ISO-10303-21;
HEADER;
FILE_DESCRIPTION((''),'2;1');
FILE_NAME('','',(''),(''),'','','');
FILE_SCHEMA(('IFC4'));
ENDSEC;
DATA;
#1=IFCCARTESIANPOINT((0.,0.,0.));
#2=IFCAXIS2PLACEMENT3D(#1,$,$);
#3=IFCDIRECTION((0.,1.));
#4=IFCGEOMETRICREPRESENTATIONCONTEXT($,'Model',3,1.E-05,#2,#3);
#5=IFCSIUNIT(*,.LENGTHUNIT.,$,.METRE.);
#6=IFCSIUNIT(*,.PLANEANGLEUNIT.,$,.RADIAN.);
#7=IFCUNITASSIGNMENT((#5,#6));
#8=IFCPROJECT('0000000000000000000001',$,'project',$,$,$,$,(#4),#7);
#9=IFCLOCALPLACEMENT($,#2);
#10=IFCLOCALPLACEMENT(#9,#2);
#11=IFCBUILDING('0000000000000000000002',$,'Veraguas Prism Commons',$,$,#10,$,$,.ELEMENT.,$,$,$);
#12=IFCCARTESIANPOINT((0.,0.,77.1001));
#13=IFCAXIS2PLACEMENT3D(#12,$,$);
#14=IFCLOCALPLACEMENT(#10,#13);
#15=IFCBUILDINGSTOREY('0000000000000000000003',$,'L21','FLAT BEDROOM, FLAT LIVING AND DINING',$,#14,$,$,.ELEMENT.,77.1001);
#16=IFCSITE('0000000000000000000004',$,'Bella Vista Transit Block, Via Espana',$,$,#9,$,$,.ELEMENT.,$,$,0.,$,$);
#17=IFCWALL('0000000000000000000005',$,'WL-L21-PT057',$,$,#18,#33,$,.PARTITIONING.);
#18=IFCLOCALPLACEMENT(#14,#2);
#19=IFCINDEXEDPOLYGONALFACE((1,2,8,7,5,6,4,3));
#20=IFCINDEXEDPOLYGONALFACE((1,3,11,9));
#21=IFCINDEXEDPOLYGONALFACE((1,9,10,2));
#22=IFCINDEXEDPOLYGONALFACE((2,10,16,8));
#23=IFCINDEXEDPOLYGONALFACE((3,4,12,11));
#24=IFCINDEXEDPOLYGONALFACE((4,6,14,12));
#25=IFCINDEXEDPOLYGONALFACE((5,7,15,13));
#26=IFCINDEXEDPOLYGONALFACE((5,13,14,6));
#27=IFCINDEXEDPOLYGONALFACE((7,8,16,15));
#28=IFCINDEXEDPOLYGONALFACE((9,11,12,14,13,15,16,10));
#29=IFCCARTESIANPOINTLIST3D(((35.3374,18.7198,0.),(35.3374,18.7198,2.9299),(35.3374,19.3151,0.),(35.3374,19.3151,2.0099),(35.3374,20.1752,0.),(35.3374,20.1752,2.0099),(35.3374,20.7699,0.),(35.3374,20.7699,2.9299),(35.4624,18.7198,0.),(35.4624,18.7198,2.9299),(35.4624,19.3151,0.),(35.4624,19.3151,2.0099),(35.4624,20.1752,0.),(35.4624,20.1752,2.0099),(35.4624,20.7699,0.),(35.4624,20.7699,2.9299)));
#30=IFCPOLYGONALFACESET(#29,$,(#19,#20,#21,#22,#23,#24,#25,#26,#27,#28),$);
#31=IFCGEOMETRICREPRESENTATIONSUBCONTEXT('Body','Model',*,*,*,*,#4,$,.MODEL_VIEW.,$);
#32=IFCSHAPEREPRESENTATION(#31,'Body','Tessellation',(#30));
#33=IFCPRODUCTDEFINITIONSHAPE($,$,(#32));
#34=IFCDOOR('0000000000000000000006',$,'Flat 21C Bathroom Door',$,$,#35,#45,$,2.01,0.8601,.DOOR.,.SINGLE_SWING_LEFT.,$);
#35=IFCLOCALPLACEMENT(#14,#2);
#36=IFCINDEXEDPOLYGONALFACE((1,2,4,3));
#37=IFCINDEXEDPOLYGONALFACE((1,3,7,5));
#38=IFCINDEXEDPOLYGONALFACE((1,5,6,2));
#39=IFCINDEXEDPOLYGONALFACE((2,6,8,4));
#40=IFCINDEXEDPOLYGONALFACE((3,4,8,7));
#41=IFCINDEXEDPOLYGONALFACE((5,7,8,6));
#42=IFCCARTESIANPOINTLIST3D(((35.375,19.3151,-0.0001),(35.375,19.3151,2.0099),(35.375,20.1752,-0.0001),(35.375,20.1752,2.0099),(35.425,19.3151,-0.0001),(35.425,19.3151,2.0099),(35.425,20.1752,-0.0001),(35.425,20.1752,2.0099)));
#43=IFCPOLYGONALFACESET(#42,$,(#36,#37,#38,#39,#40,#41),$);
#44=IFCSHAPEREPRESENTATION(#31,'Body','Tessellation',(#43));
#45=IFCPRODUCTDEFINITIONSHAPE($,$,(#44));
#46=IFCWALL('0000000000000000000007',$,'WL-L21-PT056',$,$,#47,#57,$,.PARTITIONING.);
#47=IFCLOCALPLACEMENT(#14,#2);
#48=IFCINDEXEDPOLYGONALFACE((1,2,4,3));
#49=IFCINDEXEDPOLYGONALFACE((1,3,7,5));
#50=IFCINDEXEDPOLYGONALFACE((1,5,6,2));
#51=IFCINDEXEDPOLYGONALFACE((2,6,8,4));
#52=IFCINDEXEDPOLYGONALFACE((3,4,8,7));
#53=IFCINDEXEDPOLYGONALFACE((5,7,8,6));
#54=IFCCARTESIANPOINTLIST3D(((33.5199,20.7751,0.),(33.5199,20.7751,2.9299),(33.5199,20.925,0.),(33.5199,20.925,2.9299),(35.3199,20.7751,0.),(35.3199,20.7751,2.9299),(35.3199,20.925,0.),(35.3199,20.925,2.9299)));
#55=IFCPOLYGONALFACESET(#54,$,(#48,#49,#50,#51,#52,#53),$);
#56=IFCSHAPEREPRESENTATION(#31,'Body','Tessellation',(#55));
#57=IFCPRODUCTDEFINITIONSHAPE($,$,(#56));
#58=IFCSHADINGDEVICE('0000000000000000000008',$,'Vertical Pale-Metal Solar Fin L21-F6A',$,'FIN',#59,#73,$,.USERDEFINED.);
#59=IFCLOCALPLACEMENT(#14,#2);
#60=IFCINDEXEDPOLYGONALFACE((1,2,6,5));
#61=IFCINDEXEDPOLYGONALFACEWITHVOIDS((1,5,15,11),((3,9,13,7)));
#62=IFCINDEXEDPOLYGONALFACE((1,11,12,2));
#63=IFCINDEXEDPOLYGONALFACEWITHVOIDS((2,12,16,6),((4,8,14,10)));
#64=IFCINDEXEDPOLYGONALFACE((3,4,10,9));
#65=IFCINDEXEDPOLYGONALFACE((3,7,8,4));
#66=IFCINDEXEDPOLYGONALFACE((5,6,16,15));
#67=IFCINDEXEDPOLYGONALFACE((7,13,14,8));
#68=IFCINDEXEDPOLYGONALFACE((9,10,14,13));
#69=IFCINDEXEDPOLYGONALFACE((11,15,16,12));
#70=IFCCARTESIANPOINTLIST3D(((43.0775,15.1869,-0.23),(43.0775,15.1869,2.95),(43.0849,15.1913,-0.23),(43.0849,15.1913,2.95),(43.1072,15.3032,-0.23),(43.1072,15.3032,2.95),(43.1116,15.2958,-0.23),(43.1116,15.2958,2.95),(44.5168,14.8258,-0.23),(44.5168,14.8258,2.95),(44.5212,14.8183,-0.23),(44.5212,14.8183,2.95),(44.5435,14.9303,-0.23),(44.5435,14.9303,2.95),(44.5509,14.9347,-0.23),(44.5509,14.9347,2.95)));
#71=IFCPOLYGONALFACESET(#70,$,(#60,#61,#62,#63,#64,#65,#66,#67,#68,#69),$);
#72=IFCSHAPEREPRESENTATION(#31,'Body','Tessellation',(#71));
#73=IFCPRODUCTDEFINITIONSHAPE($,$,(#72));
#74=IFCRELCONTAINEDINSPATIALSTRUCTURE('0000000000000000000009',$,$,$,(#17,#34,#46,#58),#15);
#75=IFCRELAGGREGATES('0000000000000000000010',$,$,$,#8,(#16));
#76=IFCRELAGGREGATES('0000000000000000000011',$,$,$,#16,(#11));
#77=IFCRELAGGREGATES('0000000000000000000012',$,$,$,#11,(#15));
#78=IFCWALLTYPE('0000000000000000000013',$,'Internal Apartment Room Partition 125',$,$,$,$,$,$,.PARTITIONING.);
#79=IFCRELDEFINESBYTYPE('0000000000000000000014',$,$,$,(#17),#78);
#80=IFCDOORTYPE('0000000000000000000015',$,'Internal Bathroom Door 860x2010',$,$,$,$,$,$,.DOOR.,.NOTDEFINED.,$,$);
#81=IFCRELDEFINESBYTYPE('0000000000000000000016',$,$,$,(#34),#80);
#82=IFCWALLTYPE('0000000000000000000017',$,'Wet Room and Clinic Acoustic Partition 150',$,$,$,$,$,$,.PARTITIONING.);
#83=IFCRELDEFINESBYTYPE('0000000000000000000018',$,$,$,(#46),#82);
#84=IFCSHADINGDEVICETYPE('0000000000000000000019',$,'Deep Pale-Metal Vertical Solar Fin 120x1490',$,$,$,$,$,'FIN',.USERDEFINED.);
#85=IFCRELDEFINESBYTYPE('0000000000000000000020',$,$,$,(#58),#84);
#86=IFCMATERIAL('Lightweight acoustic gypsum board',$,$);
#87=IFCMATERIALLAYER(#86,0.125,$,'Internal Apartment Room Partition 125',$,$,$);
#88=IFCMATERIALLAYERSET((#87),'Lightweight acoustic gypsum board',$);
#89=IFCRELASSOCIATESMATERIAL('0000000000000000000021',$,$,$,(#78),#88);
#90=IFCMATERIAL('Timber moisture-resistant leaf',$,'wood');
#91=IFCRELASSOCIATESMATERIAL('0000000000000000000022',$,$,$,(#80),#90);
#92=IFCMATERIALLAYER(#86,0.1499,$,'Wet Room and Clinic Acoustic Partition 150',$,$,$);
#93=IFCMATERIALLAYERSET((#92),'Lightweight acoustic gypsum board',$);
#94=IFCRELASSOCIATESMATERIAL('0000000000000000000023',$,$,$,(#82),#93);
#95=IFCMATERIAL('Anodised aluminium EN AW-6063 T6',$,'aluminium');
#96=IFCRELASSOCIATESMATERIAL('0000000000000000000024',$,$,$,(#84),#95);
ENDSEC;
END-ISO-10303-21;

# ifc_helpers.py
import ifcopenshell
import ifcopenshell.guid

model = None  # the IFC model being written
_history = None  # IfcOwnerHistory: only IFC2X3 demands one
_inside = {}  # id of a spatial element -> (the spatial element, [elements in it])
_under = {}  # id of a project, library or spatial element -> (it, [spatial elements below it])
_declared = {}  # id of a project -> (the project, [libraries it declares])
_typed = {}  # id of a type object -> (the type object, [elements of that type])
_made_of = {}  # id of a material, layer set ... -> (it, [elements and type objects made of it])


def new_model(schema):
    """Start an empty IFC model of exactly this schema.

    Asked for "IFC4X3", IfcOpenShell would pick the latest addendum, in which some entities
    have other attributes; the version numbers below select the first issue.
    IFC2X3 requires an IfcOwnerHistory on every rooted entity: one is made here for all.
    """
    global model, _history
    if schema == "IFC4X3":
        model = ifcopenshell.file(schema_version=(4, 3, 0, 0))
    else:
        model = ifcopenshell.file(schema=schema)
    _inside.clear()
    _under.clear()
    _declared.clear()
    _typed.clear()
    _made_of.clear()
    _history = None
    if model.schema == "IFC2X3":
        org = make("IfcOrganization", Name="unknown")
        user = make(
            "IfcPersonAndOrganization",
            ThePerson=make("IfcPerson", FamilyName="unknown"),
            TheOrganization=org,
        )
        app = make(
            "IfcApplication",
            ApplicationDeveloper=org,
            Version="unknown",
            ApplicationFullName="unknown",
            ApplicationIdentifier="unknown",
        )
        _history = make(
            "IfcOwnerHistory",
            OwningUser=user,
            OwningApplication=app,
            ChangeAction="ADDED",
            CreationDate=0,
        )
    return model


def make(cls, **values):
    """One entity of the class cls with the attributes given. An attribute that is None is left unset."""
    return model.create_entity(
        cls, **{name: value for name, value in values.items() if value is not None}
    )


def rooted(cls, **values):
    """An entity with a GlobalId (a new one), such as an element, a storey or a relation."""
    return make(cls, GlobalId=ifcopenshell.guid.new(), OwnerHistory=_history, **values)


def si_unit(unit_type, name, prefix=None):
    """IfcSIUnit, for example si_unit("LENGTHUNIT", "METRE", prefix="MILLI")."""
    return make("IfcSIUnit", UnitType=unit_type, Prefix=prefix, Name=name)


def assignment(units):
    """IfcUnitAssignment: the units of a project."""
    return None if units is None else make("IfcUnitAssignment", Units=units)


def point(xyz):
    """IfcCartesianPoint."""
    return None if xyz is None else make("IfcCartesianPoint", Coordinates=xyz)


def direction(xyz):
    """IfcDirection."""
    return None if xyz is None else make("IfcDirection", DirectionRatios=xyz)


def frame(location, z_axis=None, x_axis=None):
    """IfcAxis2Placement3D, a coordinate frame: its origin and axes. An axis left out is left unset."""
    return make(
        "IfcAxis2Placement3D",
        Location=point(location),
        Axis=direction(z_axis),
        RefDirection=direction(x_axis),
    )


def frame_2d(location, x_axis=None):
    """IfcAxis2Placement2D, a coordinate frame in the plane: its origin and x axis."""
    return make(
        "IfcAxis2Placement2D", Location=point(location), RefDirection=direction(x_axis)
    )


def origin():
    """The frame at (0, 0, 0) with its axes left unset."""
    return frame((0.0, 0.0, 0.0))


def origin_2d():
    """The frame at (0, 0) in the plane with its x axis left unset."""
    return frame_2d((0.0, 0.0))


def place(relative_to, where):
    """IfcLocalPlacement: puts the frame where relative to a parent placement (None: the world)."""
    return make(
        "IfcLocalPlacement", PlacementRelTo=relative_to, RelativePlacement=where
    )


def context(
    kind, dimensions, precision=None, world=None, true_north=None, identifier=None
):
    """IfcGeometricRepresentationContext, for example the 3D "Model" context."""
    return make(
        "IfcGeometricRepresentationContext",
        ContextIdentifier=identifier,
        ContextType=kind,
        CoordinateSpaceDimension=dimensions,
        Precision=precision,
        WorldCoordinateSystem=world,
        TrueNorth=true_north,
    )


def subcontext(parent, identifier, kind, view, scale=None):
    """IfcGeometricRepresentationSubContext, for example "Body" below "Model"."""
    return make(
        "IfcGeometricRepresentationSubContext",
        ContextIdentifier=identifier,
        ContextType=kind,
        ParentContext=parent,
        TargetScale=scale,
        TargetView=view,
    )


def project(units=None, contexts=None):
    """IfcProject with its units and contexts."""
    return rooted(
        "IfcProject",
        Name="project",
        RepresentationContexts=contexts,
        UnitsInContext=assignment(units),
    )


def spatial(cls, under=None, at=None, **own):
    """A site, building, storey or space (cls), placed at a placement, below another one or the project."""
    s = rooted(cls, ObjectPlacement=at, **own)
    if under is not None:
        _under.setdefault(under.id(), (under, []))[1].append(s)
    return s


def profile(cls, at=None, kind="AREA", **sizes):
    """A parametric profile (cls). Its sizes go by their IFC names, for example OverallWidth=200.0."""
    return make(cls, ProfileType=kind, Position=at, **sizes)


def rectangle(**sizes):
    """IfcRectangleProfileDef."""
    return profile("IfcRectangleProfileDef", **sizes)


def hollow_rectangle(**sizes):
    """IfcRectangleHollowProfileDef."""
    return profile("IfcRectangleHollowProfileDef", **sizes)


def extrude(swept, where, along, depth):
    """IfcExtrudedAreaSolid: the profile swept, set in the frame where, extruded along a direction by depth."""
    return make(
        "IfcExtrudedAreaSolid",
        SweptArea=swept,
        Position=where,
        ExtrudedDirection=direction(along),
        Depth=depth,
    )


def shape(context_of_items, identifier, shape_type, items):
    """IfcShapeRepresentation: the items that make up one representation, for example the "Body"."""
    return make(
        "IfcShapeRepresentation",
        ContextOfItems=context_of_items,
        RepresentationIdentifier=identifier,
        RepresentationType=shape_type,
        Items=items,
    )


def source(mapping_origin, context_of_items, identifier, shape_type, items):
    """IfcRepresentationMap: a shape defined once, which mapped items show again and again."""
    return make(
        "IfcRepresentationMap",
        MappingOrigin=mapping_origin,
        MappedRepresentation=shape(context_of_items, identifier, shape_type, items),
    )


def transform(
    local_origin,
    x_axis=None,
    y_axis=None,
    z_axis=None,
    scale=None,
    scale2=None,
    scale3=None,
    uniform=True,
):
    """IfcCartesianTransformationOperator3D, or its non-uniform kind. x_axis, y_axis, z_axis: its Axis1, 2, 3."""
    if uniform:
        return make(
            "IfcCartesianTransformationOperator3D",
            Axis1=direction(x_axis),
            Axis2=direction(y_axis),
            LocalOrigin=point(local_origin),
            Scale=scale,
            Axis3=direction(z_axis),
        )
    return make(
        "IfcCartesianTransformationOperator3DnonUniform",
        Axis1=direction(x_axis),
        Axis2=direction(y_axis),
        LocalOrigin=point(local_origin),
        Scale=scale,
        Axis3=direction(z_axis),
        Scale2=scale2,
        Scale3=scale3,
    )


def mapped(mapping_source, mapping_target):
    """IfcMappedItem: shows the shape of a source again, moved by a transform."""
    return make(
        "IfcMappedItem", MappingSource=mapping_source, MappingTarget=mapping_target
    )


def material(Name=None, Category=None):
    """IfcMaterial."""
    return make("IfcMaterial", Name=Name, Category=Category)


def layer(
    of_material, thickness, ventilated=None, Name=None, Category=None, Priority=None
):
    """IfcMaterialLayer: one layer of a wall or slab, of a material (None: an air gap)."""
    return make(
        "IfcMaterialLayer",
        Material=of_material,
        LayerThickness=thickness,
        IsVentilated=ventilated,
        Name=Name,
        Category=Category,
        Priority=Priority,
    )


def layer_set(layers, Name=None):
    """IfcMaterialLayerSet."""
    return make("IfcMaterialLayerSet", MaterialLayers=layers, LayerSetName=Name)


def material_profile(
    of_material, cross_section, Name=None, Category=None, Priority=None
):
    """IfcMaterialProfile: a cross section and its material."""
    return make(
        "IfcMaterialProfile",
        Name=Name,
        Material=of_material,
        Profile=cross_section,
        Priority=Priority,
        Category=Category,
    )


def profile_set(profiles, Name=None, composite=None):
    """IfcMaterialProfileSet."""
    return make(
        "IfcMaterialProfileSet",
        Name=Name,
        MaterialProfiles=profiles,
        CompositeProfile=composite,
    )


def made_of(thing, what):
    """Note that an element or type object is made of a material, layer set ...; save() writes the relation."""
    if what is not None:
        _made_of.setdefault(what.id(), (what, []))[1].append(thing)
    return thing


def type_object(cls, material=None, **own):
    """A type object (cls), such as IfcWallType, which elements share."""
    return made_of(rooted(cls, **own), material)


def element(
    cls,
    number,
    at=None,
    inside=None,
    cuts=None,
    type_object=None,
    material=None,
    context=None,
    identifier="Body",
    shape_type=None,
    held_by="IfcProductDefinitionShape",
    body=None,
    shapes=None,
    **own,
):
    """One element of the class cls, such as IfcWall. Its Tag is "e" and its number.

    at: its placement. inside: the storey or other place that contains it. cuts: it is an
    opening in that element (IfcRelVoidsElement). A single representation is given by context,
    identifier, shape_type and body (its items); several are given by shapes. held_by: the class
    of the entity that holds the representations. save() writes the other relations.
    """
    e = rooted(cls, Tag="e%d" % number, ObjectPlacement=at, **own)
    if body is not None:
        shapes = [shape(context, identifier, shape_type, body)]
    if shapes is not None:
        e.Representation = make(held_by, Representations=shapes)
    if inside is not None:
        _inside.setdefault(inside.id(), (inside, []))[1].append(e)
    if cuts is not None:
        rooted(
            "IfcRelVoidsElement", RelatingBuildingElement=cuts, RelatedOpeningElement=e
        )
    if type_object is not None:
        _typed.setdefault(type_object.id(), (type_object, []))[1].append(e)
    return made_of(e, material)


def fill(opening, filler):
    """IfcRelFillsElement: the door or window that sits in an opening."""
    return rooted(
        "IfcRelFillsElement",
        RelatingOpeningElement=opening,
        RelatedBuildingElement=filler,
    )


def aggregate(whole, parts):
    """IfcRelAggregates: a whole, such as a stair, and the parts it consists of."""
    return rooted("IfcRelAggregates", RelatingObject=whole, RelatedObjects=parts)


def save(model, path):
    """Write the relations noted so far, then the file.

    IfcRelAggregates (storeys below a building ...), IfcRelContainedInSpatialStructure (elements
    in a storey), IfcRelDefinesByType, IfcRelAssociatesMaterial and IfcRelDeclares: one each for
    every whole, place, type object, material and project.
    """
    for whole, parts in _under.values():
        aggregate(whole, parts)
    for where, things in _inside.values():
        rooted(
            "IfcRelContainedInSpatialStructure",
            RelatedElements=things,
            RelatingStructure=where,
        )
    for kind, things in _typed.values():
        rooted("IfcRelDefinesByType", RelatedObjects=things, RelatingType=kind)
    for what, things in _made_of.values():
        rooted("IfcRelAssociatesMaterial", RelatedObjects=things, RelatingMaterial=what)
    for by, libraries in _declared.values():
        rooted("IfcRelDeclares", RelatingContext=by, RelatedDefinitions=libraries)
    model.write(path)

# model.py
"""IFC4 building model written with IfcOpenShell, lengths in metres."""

from ifc_helpers import new_model, si_unit, direction, frame, frame_2d, origin, origin_2d, place, context, subcontext, project, spatial, rectangle, hollow_rectangle, extrude, source, transform, mapped, material, layer, layer_set, material_profile, profile_set, type_object, element, fill, save


model = new_model("IFC4")

# Units and contexts
model_context = context("Model", 3, precision=1e-05, world=origin(), true_north=direction((0.0, 1.0)))
body_context = subcontext(model_context, "Body", "Model", "MODEL_VIEW")
ifc_project = project(units=[si_unit("LENGTHUNIT", "METRE"), si_unit("PLANEANGLEUNIT", "RADIAN")], contexts=[model_context])

# Site, building, storey
site_placement = place(None, origin())
site = spatial("IfcSite", under=ifc_project, at=site_placement, Name="Bella Vista Transit Block, Via Espana", CompositionType="ELEMENT", RefElevation=0.0)
building_placement = place(site_placement, origin())
building = spatial("IfcBuilding", under=site, at=building_placement, Name="Veraguas Prism Commons", CompositionType="ELEMENT")
storey_placement = place(building_placement, frame((0.0, 0.0, 77.1001)))
storey = spatial("IfcBuildingStorey", under=building, at=storey_placement, Name="L21", Description="FLAT BEDROOM, FLAT LIVING AND DINING", CompositionType="ELEMENT", Elevation=77.1001)

# Shared definitions
ifc_material_1 = material(Name="Anodised aluminium EN AW-6063 T6", Category="aluminium")

# Shared definitions
ifc_material_2 = material(Name="Lightweight acoustic gypsum board")
ifc_layer_1 = layer(ifc_material_2, 0.125, Name="Internal Apartment Room Partition 125")
ifc_layer_set_1 = layer_set([ifc_layer_1], Name="Lightweight acoustic gypsum board")
wall_type_1 = type_object("IfcWallType", Name="Internal Apartment Room Partition 125", PredefinedType="PARTITIONING", material=ifc_layer_set_1)

# Wall, opening, door
wall_1_placement = place(storey_placement, frame((35.3999, 18.72, 0.0), z_axis=(0.0, 0.0, 1.0), x_axis=(0.0, 1.0, 0.0)))
wall_1 = element("IfcWall", 1, at=wall_1_placement, inside=storey, type_object=wall_type_1, Name="WL-L21-PT057", PredefinedType="PARTITIONING", context=body_context, shape_type="SweptSolid", body=[
    extrude(rectangle(XDim=2.05, YDim=0.125, at=frame_2d((1.0249, 0.0))), origin(), (0.0, 0.0, 1.0), 2.9299),
])
opening_1_placement = place(wall_1_placement, frame((0.595, 0.0, 0.0)))
opening_1 = element("IfcOpeningElement", 2, at=opening_1_placement, cuts=wall_1, PredefinedType="OPENING", context=body_context, shape_type="SweptSolid", body=[
    extrude(rectangle(XDim=0.8601, YDim=2.01, at=frame_2d((0.4302, 1.0049))), frame((0.0, 0.0725, 0.0), z_axis=(0.0, -1.0, 0.0), x_axis=(1.0, 0.0, 0.0)), (0.0, 0.0, 1.0), 0.145),
])
ifc_material_3 = material(Name="Timber moisture-resistant leaf", Category="wood")
door_type_1 = type_object("IfcDoorType", Name="Internal Bathroom Door 860x2010", OperationType="NOTDEFINED", PredefinedType="DOOR", material=ifc_material_3)
shared_shape_1 = source(origin(), body_context, "Body", "SweptSolid", [
    extrude(rectangle(XDim=0.8601, YDim=2.01, at=frame_2d((0.4302, 1.0049))), frame((0.0, 0.0249, 0.0), z_axis=(0.0, -1.0, 0.0), x_axis=(1.0, 0.0, 0.0)), (0.0, 0.0, 1.0), 0.05),
])
door_1_placement = place(opening_1_placement, origin())
door_1 = element("IfcDoor", 3, at=door_1_placement, inside=storey, type_object=door_type_1, Name="Flat 21C Bathroom Door", OperationType="SINGLE_SWING_LEFT", OverallHeight=2.01, OverallWidth=0.8601, PredefinedType="DOOR", context=body_context, shape_type="MappedRepresentation", body=[
    mapped(shared_shape_1, transform((0.0, 0.0, 0.0), scale=1.0)),
])
fill(opening_1, door_1)

# Wall
ifc_layer_2 = layer(ifc_material_2, 0.1499, Name="Wet Room and Clinic Acoustic Partition 150")
ifc_layer_set_2 = layer_set([ifc_layer_2], Name="Lightweight acoustic gypsum board")
wall_type_2 = type_object("IfcWallType", Name="Wet Room and Clinic Acoustic Partition 150", PredefinedType="PARTITIONING", material=ifc_layer_set_2)
wall_2_placement = place(storey_placement, frame((33.52, 20.8501, 0.0), z_axis=(0.0, 0.0, 1.0), x_axis=(1.0, 0.0, 0.0)))
element("IfcWall", 4, at=wall_2_placement, inside=storey, type_object=wall_type_2, Name="WL-L21-PT056", PredefinedType="PARTITIONING", context=body_context, shape_type="SweptSolid", body=[
    extrude(rectangle(XDim=1.8, YDim=0.1499, at=frame_2d((0.8999, 0.0))), origin(), (0.0, 0.0, 1.0), 2.9299),
])

# Shading device
ifc_material_profile_1 = material_profile(ifc_material_1, hollow_rectangle(XDim=0.1201, YDim=1.49, WallThickness=0.0061, at=origin_2d()), Name="FIN120X1490X6")
ifc_profile_set_1 = profile_set([ifc_material_profile_1], Name="Anodised aluminium EN AW-6063 T6")
shading_device_type = type_object("IfcShadingDeviceType", Name="Deep Pale-Metal Vertical Solar Fin 120x1490", ElementType="FIN", PredefinedType="USERDEFINED", material=ifc_profile_set_1)
shading_device_placement = place(storey_placement, frame((43.8142, 15.0608, -0.23), z_axis=(0.0, 0.0, 1.0), x_axis=(0.247337, 0.968929, 0.0)))
element("IfcShadingDevice", 5, at=shading_device_placement, inside=storey, type_object=shading_device_type, Name="Vertical Pale-Metal Solar Fin L21-F6A", ObjectType="FIN", PredefinedType="USERDEFINED", context=body_context, shape_type="SweptSolid", body=[
    extrude(hollow_rectangle(XDim=0.1201, YDim=1.49, WallThickness=0.0061, at=origin_2d()), origin(), (0.0, 0.0, 1.0), 3.1799),
])

save(model, "model.ifc")
